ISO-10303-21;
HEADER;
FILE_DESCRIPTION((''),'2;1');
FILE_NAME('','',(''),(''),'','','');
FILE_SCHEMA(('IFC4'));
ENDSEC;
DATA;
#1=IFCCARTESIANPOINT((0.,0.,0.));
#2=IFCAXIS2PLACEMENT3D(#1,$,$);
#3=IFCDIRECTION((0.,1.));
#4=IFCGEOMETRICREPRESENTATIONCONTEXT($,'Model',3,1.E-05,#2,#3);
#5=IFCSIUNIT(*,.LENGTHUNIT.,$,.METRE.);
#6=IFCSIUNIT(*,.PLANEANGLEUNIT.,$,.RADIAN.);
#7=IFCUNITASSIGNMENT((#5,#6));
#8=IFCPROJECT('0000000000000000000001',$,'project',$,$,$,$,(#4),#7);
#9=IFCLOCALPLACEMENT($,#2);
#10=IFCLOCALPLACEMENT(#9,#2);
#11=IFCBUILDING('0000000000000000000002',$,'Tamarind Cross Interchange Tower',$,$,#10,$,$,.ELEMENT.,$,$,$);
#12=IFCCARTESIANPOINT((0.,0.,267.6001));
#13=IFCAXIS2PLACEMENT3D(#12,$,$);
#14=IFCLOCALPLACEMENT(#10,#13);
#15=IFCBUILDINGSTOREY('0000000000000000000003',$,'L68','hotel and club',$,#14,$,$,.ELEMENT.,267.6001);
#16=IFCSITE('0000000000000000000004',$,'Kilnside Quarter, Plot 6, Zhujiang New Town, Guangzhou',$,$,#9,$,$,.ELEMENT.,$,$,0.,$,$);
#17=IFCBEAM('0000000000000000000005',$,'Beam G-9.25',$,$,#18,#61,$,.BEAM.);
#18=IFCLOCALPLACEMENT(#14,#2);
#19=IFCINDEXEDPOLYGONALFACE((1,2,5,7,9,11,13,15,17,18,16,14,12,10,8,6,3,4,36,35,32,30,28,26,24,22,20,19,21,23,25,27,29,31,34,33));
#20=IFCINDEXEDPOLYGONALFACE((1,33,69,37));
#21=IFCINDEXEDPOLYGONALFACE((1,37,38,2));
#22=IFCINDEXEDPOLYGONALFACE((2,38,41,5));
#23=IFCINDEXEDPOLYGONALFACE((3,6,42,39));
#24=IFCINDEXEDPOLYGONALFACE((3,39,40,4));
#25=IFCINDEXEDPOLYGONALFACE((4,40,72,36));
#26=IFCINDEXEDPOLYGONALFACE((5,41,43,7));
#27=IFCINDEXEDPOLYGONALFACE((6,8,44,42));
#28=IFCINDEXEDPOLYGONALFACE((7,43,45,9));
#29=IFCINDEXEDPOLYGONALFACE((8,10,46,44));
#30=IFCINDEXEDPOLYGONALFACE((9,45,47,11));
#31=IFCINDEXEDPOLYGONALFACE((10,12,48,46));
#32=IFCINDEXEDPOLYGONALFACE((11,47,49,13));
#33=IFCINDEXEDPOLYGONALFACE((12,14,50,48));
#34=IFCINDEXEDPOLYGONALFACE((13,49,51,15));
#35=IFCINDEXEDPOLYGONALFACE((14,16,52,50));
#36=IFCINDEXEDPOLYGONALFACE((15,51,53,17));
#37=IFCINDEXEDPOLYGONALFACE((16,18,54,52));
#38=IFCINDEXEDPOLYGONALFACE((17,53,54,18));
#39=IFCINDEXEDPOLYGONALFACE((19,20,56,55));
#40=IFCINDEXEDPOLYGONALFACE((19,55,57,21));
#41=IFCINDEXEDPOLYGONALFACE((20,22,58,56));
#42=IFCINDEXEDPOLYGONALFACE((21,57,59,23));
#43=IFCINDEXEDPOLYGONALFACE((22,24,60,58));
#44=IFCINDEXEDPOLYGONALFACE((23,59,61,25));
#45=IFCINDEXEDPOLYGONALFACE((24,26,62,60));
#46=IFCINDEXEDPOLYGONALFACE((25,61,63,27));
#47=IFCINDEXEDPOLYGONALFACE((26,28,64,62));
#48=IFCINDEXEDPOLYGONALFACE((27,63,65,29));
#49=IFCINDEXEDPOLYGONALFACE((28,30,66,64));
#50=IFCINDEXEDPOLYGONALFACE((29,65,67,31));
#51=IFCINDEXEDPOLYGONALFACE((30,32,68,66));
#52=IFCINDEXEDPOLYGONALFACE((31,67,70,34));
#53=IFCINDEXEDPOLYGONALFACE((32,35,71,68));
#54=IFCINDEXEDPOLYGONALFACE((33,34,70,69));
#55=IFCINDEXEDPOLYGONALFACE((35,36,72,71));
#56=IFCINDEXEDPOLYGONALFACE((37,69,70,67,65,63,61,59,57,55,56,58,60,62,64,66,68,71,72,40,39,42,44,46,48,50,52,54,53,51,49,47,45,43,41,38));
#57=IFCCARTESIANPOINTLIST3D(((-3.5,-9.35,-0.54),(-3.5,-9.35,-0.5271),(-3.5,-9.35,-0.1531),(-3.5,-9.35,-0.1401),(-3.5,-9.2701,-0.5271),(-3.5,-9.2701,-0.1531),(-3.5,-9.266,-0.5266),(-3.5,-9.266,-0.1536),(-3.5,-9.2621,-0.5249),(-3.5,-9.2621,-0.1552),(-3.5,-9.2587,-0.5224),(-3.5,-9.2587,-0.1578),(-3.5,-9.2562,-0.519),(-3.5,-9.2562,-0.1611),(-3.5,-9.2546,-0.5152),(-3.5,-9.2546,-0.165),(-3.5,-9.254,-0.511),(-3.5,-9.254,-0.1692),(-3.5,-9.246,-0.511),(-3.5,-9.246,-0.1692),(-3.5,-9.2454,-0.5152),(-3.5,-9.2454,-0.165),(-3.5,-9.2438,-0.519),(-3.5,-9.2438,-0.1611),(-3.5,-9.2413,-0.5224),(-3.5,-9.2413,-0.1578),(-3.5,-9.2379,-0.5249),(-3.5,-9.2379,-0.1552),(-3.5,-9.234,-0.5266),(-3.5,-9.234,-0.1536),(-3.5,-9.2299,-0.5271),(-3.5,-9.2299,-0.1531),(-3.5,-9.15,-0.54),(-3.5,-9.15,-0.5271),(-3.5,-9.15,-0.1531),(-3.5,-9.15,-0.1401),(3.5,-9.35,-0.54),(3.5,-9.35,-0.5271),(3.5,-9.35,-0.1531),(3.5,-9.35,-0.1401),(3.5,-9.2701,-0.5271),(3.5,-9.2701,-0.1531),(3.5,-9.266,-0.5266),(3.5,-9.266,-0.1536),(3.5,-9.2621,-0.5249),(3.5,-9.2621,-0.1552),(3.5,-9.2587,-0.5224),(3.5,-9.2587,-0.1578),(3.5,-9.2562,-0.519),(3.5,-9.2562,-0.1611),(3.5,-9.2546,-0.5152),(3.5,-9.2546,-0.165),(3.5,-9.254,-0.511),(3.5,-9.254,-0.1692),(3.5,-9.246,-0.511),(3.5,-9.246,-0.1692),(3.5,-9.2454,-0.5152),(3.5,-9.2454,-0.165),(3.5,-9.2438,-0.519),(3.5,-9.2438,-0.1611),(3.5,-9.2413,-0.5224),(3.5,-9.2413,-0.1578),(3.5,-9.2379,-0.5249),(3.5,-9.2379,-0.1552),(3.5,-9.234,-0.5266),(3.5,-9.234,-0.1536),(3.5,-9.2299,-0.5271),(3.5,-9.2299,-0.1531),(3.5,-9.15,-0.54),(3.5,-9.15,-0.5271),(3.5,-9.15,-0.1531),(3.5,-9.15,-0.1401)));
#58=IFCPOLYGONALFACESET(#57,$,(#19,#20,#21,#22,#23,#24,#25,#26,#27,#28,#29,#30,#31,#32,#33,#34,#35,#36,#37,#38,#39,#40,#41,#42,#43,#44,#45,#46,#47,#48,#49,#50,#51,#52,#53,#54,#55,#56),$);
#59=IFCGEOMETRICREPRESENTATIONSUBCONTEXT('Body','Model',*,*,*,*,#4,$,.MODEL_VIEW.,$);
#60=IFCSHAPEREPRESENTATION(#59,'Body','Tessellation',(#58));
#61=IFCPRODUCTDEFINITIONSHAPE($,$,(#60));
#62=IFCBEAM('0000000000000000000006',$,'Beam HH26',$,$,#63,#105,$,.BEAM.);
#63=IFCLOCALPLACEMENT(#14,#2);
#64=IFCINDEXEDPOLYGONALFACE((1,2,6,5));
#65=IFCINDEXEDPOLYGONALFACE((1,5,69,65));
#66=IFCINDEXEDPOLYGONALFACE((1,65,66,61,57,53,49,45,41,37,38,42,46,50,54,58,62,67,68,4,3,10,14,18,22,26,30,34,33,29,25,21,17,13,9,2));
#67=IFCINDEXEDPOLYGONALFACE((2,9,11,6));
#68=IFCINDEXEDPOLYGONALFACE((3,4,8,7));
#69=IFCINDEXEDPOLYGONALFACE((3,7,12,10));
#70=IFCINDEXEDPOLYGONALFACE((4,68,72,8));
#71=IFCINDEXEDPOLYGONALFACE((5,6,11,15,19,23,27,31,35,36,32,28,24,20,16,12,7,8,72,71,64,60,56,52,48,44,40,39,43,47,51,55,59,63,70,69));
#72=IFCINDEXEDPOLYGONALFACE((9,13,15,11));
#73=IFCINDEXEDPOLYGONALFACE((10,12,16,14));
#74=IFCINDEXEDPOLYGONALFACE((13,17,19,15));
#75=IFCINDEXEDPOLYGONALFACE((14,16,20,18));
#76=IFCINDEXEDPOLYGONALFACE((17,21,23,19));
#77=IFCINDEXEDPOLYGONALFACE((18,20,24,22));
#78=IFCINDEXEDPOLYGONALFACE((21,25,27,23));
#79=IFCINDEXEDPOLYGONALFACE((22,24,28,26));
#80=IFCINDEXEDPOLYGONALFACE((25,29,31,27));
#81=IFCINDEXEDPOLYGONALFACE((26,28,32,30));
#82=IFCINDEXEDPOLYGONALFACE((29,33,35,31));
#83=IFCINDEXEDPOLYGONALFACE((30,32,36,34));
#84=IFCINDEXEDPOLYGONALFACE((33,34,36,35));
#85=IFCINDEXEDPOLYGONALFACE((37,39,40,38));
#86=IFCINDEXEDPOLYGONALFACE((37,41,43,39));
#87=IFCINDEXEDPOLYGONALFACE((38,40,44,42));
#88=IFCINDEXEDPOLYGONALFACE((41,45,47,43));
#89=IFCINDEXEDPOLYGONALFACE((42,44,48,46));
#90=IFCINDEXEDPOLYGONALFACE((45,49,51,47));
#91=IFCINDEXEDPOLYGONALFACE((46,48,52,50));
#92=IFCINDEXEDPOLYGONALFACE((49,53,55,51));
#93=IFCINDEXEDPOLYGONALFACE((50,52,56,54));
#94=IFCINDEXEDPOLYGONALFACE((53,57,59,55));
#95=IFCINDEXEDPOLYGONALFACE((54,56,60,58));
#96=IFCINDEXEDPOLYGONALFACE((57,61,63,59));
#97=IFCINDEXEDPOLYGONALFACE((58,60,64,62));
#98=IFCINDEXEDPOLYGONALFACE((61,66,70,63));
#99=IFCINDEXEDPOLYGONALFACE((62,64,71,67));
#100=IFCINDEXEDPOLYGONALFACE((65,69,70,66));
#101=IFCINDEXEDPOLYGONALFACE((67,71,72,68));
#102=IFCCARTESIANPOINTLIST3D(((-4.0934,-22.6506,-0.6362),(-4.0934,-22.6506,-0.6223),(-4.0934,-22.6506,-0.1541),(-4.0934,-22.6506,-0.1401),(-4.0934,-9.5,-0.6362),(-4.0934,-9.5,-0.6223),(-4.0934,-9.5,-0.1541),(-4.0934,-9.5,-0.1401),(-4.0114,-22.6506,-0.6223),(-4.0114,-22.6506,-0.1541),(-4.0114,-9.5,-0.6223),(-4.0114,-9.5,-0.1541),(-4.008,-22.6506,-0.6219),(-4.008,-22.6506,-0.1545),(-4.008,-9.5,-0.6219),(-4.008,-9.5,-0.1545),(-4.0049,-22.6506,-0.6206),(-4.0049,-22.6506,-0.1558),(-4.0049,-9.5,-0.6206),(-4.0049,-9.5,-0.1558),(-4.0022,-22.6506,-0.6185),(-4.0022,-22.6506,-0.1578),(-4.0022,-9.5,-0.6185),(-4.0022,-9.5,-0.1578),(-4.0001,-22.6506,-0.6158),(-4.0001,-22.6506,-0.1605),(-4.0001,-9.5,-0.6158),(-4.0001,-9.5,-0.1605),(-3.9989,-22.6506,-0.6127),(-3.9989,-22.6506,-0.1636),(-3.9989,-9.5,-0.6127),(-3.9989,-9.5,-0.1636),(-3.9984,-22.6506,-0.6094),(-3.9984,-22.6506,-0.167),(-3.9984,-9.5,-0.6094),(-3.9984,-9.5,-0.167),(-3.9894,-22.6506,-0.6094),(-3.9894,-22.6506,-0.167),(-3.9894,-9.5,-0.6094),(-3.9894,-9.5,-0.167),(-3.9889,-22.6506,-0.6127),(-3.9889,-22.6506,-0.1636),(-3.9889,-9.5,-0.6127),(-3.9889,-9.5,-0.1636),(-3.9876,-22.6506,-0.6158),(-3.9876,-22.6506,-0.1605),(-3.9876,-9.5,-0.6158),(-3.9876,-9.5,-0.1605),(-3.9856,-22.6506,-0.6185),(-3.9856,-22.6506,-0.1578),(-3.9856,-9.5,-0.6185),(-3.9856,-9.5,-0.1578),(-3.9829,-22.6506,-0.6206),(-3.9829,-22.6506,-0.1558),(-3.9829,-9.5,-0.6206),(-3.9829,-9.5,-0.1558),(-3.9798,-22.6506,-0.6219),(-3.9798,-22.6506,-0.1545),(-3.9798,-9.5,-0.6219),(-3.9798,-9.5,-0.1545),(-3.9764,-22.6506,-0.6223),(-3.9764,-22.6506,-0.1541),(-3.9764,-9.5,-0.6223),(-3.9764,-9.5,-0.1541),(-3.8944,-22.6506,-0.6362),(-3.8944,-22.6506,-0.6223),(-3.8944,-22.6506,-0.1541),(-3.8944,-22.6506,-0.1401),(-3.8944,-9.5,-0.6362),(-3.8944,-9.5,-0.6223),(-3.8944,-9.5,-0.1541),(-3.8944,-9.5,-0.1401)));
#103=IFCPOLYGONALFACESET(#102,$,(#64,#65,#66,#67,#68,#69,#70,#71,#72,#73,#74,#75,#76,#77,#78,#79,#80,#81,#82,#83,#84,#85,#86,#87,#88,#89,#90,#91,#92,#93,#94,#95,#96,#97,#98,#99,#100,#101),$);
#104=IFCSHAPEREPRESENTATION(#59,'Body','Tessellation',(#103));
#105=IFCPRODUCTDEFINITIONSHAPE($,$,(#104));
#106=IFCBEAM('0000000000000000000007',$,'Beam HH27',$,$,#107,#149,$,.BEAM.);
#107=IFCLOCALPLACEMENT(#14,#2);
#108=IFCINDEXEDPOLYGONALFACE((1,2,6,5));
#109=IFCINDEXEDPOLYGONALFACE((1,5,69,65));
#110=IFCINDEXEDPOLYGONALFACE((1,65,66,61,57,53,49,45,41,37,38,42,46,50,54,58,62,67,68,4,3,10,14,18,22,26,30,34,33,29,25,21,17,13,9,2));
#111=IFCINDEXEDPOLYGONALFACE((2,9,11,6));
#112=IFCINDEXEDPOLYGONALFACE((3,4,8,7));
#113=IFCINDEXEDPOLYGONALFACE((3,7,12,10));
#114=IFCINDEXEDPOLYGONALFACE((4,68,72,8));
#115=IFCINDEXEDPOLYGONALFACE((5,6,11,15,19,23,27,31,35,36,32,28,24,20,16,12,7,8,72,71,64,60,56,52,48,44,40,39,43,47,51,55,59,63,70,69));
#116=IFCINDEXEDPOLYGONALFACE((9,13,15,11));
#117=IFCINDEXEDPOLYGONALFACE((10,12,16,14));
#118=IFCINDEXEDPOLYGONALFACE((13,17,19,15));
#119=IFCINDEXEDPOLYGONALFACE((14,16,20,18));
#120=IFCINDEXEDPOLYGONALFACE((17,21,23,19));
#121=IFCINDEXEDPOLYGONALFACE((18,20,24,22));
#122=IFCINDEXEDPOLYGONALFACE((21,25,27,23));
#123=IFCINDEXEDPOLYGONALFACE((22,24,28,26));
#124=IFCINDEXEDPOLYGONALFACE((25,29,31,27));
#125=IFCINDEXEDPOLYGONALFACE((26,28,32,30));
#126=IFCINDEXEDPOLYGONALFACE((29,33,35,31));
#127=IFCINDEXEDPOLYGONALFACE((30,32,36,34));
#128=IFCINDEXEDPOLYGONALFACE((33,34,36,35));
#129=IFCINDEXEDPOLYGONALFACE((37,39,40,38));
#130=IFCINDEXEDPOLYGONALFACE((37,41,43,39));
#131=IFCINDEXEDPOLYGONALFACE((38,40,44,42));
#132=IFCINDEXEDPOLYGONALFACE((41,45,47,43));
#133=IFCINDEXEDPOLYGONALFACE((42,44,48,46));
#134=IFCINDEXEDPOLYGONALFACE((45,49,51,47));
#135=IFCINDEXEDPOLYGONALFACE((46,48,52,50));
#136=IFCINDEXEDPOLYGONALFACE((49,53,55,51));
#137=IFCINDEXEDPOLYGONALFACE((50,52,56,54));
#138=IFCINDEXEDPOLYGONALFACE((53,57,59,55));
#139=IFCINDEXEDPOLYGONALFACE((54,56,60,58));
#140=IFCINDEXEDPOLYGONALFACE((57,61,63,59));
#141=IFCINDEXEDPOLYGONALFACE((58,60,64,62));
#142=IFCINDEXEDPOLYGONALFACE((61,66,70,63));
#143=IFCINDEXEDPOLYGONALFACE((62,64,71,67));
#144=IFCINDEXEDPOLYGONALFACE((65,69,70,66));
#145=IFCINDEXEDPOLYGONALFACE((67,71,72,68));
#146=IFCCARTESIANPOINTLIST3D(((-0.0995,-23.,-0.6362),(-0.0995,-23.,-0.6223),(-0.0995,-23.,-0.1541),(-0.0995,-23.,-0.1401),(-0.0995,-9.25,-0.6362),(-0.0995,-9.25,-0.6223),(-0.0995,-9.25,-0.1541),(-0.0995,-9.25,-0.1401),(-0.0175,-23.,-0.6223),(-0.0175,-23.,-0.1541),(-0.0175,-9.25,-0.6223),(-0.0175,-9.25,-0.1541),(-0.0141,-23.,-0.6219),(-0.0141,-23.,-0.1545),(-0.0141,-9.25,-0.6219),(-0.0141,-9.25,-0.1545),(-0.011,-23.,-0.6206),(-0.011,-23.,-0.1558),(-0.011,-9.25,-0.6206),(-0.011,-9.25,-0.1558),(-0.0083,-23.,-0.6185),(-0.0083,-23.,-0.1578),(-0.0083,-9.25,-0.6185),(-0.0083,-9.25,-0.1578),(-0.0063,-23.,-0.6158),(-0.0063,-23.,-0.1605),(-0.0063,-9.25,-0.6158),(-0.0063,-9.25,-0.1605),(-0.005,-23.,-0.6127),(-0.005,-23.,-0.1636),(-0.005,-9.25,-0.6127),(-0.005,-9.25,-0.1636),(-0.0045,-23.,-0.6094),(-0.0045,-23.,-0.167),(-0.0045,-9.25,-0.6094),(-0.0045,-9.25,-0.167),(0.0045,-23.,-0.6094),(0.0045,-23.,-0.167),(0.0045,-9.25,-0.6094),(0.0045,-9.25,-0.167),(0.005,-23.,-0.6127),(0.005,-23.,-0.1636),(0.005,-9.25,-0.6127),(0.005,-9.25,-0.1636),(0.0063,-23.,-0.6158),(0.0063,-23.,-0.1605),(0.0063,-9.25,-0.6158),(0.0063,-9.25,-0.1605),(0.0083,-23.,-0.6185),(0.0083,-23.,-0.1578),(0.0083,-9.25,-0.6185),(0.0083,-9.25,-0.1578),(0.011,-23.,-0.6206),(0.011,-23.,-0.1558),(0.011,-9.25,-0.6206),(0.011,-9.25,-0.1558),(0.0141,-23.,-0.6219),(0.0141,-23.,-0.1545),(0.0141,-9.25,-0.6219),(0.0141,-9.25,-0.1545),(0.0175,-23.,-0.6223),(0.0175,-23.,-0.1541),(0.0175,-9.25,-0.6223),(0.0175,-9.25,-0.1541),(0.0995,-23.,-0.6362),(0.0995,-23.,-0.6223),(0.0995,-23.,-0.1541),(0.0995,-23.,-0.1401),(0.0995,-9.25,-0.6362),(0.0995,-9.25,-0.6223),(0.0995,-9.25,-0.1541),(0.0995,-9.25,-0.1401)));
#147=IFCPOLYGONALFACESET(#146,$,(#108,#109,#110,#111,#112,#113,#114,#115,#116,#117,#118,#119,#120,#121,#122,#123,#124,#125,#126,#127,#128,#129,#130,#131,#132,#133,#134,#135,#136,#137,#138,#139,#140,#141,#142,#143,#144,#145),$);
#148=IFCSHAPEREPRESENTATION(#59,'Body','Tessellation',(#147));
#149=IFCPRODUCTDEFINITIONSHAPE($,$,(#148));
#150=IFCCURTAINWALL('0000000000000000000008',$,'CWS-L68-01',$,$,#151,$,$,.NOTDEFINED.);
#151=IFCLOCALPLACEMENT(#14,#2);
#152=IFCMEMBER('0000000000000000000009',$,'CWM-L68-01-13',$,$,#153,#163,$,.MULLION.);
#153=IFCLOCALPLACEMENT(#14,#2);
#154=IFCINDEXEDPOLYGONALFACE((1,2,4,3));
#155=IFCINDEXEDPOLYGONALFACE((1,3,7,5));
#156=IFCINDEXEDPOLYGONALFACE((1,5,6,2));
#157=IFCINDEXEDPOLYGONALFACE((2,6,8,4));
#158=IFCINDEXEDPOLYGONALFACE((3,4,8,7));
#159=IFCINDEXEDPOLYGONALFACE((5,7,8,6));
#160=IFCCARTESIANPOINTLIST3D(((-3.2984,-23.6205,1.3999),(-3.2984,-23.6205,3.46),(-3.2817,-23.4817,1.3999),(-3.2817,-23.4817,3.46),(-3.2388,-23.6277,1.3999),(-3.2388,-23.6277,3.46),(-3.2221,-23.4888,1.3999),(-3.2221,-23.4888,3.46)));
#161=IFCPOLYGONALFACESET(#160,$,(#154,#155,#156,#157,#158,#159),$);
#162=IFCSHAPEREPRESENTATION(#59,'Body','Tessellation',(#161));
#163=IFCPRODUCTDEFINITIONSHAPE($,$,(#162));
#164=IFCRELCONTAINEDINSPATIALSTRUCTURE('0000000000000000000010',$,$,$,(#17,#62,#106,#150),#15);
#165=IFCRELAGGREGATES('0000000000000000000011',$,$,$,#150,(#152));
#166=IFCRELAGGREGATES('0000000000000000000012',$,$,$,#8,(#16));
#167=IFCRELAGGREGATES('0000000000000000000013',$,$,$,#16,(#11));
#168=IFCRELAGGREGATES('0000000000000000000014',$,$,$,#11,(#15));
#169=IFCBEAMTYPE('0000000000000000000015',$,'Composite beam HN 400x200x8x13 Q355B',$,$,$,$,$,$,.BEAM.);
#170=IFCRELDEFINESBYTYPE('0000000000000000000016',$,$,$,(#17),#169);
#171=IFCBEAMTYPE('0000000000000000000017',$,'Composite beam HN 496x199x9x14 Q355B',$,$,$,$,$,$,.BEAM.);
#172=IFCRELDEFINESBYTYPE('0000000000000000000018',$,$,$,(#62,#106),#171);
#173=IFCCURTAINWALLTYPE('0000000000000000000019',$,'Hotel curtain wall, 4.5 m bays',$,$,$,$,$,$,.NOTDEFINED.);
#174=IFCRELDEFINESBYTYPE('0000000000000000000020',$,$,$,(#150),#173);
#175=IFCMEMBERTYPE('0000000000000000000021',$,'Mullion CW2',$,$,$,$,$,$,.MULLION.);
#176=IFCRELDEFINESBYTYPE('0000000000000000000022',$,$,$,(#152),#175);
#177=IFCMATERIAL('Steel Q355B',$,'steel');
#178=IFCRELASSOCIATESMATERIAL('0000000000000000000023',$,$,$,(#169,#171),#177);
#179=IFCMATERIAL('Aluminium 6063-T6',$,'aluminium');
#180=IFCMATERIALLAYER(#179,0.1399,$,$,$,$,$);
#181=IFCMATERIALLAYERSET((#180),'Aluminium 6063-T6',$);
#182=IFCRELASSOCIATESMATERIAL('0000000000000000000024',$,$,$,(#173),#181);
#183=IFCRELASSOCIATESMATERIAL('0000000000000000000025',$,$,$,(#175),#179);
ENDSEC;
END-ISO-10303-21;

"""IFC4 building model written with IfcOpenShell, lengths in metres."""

from ifc_helpers import new_model, si_unit, direction, frame, origin, origin_2d, place, context, subcontext, project, spatial, rectangle, i_section, extrude, material, layer, layer_set, material_profile, profile_set, type_object, element, aggregate, save


model = new_model("IFC4")

# Units and contexts
model_context = context("Model", 3, precision=1e-05, world=origin(), true_north=direction((0.0, 1.0)))
body_context = subcontext(model_context, "Body", "Model", "MODEL_VIEW")
ifc_project = project(units=[si_unit("LENGTHUNIT", "METRE"), si_unit("PLANEANGLEUNIT", "RADIAN")], contexts=[model_context])

# Site, building, storey
site_placement = place(None, origin())
site = spatial("IfcSite", under=ifc_project, at=site_placement, Name="Kilnside Quarter, Plot 6, Zhujiang New Town, Guangzhou", CompositionType="ELEMENT", RefElevation=0.0)
building_placement = place(site_placement, origin())
building = spatial("IfcBuilding", under=site, at=building_placement, Name="Tamarind Cross Interchange Tower", CompositionType="ELEMENT")
storey_placement = place(building_placement, frame((0.0, 0.0, 267.6001)))
storey = spatial("IfcBuildingStorey", under=building, at=storey_placement, Name="L68", Description="hotel and club", CompositionType="ELEMENT", Elevation=267.6001)

# Beams
ifc_material_1 = material(Name="Steel Q355B", Category="steel")
ifc_material_profile_1 = material_profile(ifc_material_1, i_section(OverallWidth=0.2, OverallDepth=0.3999, WebThickness=0.0081, FlangeThickness=0.0129, FilletRadius=0.0161, at=origin_2d()), Name="HN 400x200x8x13")
ifc_profile_set_1 = profile_set([ifc_material_profile_1], Name="Steel Q355B")
beam_type_1 = type_object("IfcBeamType", Name="Composite beam HN 400x200x8x13 Q355B", PredefinedType="BEAM", material=ifc_profile_set_1)
for number, where, z_axis, x_axis, name in (
    (1, (-3.5, -9.25, -0.3401), (1.0, 0.0, 0.0), (0.0, 1.0, 0.0), "Beam G-9.25"),
):
    element("IfcBeam", number, at=place(storey_placement, frame(where, z_axis=z_axis, x_axis=x_axis)), inside=storey, type_object=beam_type_1, Name=name, PredefinedType="BEAM", context=body_context, shape_type="SweptSolid", body=[
        extrude(i_section(OverallWidth=0.2, OverallDepth=0.3999, WebThickness=0.0081, FlangeThickness=0.0129, FilletRadius=0.0161, at=origin_2d()), origin(), (0.0, 0.0, 1.0), 7.0),
    ])
ifc_material_profile_2 = material_profile(ifc_material_1, i_section(OverallWidth=0.199, OverallDepth=0.4961, WebThickness=0.009, FlangeThickness=0.0139, FilletRadius=0.0129, at=origin_2d()), Name="HN 496x199x9x14")
ifc_profile_set_2 = profile_set([ifc_material_profile_2], Name="Steel Q355B")
beam_type_2 = type_object("IfcBeamType", Name="Composite beam HN 496x199x9x14 Q355B", PredefinedType="BEAM", material=ifc_profile_set_2)
beam_1_placement = place(storey_placement, frame((-3.9939, -22.6506, -0.3882), z_axis=(0.0, 1.0, 0.0), x_axis=(-1.0, 0.0, 0.0)))
element("IfcBeam", 2, at=beam_1_placement, inside=storey, type_object=beam_type_2, Name="Beam HH26", PredefinedType="BEAM", context=body_context, shape_type="SweptSolid", body=[
    extrude(i_section(OverallWidth=0.199, OverallDepth=0.4961, WebThickness=0.009, FlangeThickness=0.0139, FilletRadius=0.0129, at=origin_2d()), origin(), (0.0, 0.0, 1.0), 13.1506),
])
beam_2_placement = place(storey_placement, frame((0.0, -23.0, -0.3882), z_axis=(0.0, 1.0, 0.0), x_axis=(-1.0, 0.0, 0.0)))
element("IfcBeam", 3, at=beam_2_placement, inside=storey, type_object=beam_type_2, Name="Beam HH27", PredefinedType="BEAM", context=body_context, shape_type="SweptSolid", body=[
    extrude(i_section(OverallWidth=0.199, OverallDepth=0.4961, WebThickness=0.009, FlangeThickness=0.0139, FilletRadius=0.0129, at=origin_2d()), origin(), (0.0, 0.0, 1.0), 13.75),
])

# Curtain wall, member
ifc_material_2 = material(Name="Aluminium 6063-T6", Category="aluminium")
ifc_layer_1 = layer(ifc_material_2, 0.1399)
ifc_layer_set_1 = layer_set([ifc_layer_1], Name="Aluminium 6063-T6")
curtain_wall_type = type_object("IfcCurtainWallType", Name="Hotel curtain wall, 4.5 m bays", PredefinedType="NOTDEFINED", material=ifc_layer_set_1)
curtain_wall_placement = place(storey_placement, origin())
curtain_wall = element("IfcCurtainWall", 4, at=curtain_wall_placement, inside=storey, type_object=curtain_wall_type, Name="CWS-L68-01", PredefinedType="NOTDEFINED")
ifc_material_profile_3 = material_profile(ifc_material_2, rectangle(XDim=0.0601, YDim=0.1399, at=origin_2d()), Name="Mullion CW2")
ifc_profile_set_3 = profile_set([ifc_material_profile_3], Name="Aluminium 6063-T6")
member_type = type_object("IfcMemberType", Name="Mullion CW2", PredefinedType="MULLION", material=ifc_profile_set_3)
member_placement = place(storey_placement, frame((-3.2603, -23.5547, 1.3999), z_axis=(0.0, 0.0, 1.0), x_axis=(0.992844, -0.119421, 0.0)))
member = element("IfcMember", 5, at=member_placement, type_object=member_type, Name="CWM-L68-01-13", PredefinedType="MULLION", context=body_context, shape_type="SweptSolid", body=[
    extrude(rectangle(XDim=0.0601, YDim=0.1399, at=origin_2d()), origin(), (0.0, 0.0, 1.0), 2.0601),
])
aggregate(curtain_wall, [member])

save(model, "model.ifc")
